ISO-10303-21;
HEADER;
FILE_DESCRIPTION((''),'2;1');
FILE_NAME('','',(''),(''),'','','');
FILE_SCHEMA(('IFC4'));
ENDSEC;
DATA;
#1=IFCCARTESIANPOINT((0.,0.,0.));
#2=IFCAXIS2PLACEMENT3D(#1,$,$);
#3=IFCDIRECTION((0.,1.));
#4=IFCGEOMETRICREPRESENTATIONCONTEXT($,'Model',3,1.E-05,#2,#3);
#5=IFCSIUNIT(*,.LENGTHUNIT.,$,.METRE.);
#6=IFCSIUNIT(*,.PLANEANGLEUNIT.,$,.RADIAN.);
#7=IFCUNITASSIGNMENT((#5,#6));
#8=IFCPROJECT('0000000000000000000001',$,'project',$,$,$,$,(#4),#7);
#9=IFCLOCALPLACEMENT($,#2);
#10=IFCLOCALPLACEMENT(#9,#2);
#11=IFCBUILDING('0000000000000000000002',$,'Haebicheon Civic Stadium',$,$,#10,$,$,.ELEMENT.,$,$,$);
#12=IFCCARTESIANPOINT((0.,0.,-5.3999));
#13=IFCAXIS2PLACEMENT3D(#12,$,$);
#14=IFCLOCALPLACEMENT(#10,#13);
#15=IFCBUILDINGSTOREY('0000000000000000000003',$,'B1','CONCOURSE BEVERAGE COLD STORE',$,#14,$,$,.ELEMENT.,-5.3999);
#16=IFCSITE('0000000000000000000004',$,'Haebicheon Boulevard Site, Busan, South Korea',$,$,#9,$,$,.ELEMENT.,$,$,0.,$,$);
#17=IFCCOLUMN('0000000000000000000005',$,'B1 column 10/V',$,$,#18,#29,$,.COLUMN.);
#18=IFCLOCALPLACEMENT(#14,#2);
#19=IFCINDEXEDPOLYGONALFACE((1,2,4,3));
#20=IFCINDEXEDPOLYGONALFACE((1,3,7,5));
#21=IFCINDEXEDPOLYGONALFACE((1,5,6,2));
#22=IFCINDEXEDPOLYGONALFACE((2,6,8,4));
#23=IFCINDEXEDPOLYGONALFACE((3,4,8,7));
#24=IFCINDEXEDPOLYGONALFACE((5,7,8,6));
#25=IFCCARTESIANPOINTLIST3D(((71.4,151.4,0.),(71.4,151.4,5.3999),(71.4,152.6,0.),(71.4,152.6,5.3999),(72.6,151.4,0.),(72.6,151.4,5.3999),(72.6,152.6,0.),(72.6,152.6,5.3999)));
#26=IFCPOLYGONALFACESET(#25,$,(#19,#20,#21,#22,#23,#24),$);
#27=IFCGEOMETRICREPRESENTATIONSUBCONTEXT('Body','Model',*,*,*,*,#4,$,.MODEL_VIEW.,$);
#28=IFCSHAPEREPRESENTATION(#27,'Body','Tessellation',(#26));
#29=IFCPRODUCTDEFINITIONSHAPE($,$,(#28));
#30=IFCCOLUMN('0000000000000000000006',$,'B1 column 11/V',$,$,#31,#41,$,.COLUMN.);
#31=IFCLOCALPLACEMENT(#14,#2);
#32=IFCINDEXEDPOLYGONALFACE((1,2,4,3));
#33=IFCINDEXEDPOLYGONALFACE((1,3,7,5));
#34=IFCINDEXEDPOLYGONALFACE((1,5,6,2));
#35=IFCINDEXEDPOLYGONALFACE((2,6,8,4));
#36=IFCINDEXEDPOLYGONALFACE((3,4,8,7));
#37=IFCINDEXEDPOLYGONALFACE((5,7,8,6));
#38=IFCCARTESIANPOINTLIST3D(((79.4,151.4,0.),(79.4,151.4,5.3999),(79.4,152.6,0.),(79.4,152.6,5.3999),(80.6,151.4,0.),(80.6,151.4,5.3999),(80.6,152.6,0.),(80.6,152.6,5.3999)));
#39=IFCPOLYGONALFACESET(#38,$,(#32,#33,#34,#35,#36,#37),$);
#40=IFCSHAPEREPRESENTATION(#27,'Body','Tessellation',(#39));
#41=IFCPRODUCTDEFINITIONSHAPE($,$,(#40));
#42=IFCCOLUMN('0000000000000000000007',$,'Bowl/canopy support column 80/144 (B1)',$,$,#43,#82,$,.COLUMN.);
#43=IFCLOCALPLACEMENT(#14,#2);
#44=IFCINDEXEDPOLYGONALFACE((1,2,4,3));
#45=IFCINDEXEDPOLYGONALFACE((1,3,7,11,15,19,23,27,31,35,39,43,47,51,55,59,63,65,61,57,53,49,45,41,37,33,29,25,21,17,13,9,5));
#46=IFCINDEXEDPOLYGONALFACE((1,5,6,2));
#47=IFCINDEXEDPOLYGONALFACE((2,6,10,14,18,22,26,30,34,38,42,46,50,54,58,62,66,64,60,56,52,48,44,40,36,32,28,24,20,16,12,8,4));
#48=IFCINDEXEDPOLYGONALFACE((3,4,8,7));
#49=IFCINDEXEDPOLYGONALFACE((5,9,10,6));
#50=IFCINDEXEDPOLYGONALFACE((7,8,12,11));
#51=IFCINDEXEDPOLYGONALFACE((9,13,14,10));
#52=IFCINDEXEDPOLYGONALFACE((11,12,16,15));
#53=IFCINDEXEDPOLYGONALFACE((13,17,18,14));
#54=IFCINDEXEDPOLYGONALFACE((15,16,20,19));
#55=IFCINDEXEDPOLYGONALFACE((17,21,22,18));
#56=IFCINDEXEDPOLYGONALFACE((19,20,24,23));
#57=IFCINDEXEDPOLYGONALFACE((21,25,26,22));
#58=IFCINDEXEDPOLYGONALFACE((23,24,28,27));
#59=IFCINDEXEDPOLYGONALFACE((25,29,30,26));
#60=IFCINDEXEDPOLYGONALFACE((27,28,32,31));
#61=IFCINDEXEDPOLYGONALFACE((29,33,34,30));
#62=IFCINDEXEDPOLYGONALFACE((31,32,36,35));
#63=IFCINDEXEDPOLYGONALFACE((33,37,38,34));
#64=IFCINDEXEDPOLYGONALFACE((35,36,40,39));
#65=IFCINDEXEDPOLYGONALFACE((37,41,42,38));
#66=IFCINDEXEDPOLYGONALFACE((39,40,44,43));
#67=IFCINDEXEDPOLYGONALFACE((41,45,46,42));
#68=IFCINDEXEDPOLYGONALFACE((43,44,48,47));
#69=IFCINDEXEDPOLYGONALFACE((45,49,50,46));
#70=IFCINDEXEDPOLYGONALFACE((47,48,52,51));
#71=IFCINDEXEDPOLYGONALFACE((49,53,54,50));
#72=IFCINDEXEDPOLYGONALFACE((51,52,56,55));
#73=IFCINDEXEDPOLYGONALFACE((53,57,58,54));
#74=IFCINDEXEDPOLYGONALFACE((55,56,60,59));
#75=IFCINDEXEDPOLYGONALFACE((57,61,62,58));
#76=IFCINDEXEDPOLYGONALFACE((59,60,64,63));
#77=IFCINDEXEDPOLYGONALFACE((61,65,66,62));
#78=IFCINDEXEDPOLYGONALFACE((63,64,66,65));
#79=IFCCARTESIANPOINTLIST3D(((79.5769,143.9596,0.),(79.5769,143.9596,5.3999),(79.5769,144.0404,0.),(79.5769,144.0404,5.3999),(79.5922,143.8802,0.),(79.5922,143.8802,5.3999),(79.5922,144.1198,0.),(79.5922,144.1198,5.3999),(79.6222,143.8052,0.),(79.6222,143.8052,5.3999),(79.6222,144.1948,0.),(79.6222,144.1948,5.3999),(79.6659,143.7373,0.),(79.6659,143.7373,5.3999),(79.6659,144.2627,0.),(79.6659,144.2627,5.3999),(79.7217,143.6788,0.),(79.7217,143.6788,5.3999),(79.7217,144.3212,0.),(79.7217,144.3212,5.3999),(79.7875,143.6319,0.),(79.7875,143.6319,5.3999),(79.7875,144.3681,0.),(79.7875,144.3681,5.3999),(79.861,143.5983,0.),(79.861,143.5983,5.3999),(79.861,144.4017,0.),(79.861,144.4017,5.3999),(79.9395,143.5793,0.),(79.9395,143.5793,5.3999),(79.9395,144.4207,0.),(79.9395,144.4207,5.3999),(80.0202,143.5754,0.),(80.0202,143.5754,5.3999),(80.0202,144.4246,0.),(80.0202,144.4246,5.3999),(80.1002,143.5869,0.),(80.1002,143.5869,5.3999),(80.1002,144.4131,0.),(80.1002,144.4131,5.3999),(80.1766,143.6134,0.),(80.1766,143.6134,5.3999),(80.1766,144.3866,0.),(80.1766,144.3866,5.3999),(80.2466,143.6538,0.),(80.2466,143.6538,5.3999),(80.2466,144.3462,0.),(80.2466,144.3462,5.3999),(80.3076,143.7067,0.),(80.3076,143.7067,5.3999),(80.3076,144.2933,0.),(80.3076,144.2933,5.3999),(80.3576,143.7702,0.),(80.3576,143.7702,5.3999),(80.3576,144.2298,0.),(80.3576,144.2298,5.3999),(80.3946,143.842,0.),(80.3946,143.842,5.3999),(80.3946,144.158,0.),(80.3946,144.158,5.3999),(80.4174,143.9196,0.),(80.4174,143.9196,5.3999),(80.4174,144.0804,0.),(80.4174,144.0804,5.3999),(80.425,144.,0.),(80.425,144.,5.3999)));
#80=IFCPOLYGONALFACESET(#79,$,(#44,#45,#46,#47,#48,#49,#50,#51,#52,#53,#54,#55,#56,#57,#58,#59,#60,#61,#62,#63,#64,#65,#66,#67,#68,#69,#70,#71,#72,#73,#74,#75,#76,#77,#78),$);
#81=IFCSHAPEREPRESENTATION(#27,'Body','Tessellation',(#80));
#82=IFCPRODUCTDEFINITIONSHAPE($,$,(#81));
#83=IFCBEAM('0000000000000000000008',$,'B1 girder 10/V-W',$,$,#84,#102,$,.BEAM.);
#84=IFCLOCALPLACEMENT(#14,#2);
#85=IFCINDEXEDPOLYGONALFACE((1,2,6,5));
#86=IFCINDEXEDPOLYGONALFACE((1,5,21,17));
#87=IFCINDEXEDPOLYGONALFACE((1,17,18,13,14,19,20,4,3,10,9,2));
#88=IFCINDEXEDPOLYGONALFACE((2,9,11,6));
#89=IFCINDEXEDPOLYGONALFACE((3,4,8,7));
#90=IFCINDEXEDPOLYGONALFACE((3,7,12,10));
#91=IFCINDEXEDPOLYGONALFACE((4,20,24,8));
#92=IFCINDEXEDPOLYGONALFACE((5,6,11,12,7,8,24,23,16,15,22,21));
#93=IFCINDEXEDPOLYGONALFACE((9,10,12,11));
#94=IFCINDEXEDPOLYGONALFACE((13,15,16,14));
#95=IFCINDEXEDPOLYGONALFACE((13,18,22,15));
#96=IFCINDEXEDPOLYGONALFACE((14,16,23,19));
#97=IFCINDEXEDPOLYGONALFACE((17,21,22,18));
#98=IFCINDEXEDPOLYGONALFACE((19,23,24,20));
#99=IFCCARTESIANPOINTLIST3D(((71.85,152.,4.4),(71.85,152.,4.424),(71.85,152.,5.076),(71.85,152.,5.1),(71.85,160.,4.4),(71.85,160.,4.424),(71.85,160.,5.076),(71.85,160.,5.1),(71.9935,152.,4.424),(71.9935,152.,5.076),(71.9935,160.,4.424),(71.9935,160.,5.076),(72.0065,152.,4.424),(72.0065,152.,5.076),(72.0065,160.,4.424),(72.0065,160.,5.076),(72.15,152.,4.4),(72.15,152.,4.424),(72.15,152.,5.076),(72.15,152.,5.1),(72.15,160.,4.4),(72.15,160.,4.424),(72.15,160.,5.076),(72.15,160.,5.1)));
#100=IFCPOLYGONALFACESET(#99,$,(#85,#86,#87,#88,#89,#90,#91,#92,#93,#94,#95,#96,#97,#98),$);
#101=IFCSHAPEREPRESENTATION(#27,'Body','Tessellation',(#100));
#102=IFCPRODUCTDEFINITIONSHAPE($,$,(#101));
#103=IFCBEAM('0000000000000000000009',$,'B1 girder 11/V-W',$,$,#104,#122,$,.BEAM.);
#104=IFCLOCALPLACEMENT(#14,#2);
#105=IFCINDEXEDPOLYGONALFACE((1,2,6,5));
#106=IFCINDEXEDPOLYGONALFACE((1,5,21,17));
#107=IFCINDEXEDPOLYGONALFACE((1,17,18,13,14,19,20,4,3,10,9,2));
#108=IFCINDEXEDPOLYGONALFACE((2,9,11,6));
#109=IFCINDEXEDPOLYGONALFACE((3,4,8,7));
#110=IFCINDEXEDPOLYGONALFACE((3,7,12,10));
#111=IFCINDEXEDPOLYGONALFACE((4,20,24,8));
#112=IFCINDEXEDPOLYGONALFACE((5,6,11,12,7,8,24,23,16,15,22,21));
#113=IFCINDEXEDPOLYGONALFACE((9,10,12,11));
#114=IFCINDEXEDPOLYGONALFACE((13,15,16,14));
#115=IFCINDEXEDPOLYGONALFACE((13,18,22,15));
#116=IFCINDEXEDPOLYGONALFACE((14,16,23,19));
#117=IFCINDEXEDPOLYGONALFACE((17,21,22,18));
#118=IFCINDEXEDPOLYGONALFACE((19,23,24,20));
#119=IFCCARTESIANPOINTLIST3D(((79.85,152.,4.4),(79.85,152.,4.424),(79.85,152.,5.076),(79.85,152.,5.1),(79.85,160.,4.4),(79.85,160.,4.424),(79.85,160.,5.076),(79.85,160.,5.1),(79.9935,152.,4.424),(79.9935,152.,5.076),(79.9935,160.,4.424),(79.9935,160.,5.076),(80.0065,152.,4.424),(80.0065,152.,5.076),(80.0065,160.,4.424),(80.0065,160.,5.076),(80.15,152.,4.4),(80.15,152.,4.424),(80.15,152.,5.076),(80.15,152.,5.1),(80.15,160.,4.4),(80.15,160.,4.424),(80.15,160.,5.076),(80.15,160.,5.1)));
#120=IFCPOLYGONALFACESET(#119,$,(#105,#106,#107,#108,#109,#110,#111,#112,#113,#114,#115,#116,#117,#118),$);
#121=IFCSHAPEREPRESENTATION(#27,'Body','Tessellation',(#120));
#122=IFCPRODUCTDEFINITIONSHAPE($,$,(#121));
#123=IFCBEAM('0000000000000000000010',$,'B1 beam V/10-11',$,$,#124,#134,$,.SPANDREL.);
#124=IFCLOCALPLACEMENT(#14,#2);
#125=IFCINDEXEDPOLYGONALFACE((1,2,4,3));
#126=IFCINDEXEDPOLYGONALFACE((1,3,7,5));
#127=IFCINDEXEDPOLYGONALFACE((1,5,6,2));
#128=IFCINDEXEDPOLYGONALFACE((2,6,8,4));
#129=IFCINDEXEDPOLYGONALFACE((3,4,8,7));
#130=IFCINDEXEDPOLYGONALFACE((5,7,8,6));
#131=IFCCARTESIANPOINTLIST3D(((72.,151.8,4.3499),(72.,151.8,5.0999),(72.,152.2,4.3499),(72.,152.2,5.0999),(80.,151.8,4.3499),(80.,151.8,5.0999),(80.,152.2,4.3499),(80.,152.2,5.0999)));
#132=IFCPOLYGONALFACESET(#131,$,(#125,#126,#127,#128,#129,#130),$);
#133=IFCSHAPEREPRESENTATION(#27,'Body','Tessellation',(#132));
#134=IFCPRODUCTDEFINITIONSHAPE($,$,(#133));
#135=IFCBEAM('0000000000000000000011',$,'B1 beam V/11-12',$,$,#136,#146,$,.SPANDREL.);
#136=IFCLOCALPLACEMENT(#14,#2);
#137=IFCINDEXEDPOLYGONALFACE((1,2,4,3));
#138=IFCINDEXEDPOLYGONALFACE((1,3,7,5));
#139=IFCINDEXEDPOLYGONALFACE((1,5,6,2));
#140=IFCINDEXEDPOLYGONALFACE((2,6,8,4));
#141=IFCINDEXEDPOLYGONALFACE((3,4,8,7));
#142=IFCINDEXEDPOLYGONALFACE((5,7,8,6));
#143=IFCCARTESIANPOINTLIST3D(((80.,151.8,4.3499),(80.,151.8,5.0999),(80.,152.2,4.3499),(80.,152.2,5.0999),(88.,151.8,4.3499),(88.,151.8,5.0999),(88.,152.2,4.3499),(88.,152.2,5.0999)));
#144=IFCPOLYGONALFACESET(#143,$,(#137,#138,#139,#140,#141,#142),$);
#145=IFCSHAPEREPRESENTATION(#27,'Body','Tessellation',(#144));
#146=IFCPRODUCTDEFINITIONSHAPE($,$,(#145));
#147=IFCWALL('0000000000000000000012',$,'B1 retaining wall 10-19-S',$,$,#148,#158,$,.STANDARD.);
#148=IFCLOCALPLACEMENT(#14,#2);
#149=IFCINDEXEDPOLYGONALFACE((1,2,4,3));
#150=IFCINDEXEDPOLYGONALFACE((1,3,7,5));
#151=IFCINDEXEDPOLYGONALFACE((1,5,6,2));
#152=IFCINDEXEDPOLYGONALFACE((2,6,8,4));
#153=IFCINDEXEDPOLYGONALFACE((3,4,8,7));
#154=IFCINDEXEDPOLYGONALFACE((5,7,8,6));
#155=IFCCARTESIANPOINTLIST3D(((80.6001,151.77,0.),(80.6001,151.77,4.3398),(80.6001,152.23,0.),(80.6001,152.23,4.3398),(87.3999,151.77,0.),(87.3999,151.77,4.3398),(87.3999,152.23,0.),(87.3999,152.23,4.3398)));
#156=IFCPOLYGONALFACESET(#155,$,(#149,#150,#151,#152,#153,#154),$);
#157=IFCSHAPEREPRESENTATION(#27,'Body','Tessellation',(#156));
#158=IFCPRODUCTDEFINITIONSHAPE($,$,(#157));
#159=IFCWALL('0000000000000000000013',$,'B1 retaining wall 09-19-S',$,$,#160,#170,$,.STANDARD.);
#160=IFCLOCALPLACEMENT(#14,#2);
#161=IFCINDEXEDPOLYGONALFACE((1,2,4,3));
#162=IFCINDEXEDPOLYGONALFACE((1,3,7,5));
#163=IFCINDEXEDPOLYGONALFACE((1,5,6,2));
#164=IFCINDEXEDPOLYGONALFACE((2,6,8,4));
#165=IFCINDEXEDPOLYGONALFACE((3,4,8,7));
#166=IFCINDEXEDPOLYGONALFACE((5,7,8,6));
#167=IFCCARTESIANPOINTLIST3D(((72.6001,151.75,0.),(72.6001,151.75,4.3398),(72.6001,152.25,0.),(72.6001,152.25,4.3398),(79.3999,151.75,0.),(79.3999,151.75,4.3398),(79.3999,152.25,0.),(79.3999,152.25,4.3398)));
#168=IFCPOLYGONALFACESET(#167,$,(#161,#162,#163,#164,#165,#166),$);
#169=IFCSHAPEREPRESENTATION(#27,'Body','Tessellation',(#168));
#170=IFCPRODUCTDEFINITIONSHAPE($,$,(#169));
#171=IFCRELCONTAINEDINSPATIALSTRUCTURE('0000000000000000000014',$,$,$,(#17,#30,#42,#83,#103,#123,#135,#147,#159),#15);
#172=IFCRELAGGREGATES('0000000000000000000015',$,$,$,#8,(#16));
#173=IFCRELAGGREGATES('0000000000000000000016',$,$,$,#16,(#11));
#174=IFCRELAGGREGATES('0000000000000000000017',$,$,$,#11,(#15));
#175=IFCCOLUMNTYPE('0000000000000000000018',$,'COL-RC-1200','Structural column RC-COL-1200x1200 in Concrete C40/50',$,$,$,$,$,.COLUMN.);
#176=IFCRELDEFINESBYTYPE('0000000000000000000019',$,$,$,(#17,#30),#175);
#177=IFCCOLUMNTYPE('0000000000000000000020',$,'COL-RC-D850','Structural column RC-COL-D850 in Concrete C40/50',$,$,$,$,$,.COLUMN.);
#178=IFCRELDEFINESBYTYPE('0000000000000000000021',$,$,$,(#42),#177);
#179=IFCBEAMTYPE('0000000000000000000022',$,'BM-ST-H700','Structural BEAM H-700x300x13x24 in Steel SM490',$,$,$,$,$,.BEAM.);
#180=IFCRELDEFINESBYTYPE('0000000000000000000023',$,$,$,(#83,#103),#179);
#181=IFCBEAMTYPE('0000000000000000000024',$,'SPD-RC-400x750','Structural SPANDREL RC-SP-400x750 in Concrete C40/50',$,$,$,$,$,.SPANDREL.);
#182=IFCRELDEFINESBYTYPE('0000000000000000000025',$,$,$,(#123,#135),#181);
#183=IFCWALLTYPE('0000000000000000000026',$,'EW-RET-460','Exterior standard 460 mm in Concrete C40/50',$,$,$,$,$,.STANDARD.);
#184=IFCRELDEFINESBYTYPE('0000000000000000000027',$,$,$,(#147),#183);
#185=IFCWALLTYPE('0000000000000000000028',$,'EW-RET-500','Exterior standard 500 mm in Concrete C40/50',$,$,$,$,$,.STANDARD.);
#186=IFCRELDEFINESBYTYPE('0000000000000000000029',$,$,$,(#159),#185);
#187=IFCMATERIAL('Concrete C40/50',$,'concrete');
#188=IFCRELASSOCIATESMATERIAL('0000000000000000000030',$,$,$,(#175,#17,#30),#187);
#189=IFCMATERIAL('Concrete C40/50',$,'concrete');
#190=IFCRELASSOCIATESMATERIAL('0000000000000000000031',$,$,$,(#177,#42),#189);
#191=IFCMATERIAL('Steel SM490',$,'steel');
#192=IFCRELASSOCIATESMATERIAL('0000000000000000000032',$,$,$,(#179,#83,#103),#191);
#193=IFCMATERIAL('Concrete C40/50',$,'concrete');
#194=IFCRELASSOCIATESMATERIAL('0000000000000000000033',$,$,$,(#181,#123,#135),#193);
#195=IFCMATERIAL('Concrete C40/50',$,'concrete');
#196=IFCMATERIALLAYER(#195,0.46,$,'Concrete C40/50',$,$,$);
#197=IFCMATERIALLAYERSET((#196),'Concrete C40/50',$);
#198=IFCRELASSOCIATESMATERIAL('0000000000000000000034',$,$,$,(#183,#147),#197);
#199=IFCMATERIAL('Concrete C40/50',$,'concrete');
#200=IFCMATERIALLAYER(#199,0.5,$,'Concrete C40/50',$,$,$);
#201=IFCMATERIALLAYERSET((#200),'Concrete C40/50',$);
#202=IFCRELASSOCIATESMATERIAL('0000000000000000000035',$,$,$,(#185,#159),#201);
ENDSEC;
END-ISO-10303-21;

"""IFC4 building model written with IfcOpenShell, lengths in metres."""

from ifc_helpers import new_model, si_unit, direction, frame, frame_2d, origin, origin_2d, place, context, subcontext, project, spatial, rectangle, circle, i_section, extrude, material, layer, layer_set, material_profile, profile_set, type_object, element, save


model = new_model("IFC4")

# Units and contexts
model_context = context("Model", 3, precision=1e-05, world=origin(), true_north=direction((0.0, 1.0)))
body_context = subcontext(model_context, "Body", "Model", "MODEL_VIEW")
ifc_project = project(units=[si_unit("LENGTHUNIT", "METRE"), si_unit("PLANEANGLEUNIT", "RADIAN")], contexts=[model_context])

# Site, building, storey
site_placement = place(None, origin())
site = spatial("IfcSite", under=ifc_project, at=site_placement, Name="Haebicheon Boulevard Site, Busan, South Korea", CompositionType="ELEMENT", RefElevation=0.0)
building_placement = place(site_placement, origin())
building = spatial("IfcBuilding", under=site, at=building_placement, Name="Haebicheon Civic Stadium", CompositionType="ELEMENT")
storey_placement = place(building_placement, frame((0.0, 0.0, -5.3999)))
storey = spatial("IfcBuildingStorey", under=building, at=storey_placement, Name="B1", Description="CONCOURSE BEVERAGE COLD STORE", CompositionType="ELEMENT", Elevation=-5.3999)

# Columns
ifc_material_1 = material(Name="Concrete C40/50", Category="concrete")
ifc_material_profile_1 = material_profile(ifc_material_1, rectangle(XDim=1.2, YDim=1.2, at=origin_2d()), Name="RC-COL-1200x1200")
ifc_profile_set_1 = profile_set([ifc_material_profile_1], Name="Concrete C40/50")
column_type_1 = type_object("IfcColumnType", Name="COL-RC-1200", Description="Structural column RC-COL-1200x1200 in Concrete C40/50", PredefinedType="COLUMN", material=ifc_profile_set_1)
for number, where, z_axis, x_axis, name in (
    (1, (72.0, 152.0, 0.0), (0.0, 0.0, 1.0), (1.0, 0.0, 0.0), "B1 column 10/V"),
    (2, (80.0, 152.0, 0.0), (0.0, 0.0, 1.0), (1.0, 0.0, 0.0), "B1 column 11/V"),
):
    element("IfcColumn", number, at=place(storey_placement, frame(where, z_axis=z_axis, x_axis=x_axis)), inside=storey, type_object=column_type_1, material=ifc_profile_set_1, Name=name, PredefinedType="COLUMN", context=body_context, shape_type="SweptSolid", body=[
        extrude(rectangle(XDim=1.2, YDim=1.2, at=origin_2d()), origin(), (0.0, 0.0, 1.0), 5.3999),
    ])
ifc_material_2 = material(Name="Concrete C40/50", Category="concrete")
ifc_material_profile_2 = material_profile(ifc_material_2, circle(Radius=0.425, at=origin_2d()), Name="RC-COL-D850")
ifc_profile_set_2 = profile_set([ifc_material_profile_2], Name="Concrete C40/50")
column_type_2 = type_object("IfcColumnType", Name="COL-RC-D850", Description="Structural column RC-COL-D850 in Concrete C40/50", PredefinedType="COLUMN", material=ifc_profile_set_2)
column_placement = place(storey_placement, frame((80.0, 144.0, 0.0), z_axis=(0.0, 0.0, 1.0), x_axis=(1.0, 0.0, 0.0)))
element("IfcColumn", 3, at=column_placement, inside=storey, type_object=column_type_2, material=ifc_profile_set_2, Name="Bowl/canopy support column 80/144 (B1)", PredefinedType="COLUMN", context=body_context, shape_type="SweptSolid", body=[
    extrude(circle(Radius=0.425, at=origin_2d()), origin(), (0.0, 0.0, 1.0), 5.3999),
])

# Beams
ifc_material_3 = material(Name="Steel SM490", Category="steel")
ifc_material_profile_3 = material_profile(ifc_material_3, i_section(OverallWidth=0.3, OverallDepth=0.7, WebThickness=0.0129, FlangeThickness=0.0239, at=origin_2d()), Name="H-700x300x13x24")
ifc_profile_set_3 = profile_set([ifc_material_profile_3], Name="Steel SM490")
beam_type_1 = type_object("IfcBeamType", Name="BM-ST-H700", Description="Structural BEAM H-700x300x13x24 in Steel SM490", PredefinedType="BEAM", material=ifc_profile_set_3)
for number, where, z_axis, x_axis, name in (
    (4, (72.0, 152.0, 4.75), (0.0, 1.0, 0.0), (-1.0, 0.0, 0.0), "B1 girder 10/V-W"),
    (5, (80.0, 152.0, 4.75), (0.0, 1.0, 0.0), (-1.0, 0.0, 0.0), "B1 girder 11/V-W"),
):
    element("IfcBeam", number, at=place(storey_placement, frame(where, z_axis=z_axis, x_axis=x_axis)), inside=storey, type_object=beam_type_1, material=ifc_profile_set_3, Name=name, PredefinedType="BEAM", context=body_context, shape_type="SweptSolid", body=[
        extrude(i_section(OverallWidth=0.3, OverallDepth=0.7, WebThickness=0.0129, FlangeThickness=0.0239, at=origin_2d()), origin(), (0.0, 0.0, 1.0), 8.0),
    ])
ifc_material_4 = material(Name="Concrete C40/50", Category="concrete")
ifc_material_profile_4 = material_profile(ifc_material_4, rectangle(XDim=0.3999, YDim=0.75, at=origin_2d()), Name="RC-SP-400x750")
ifc_profile_set_4 = profile_set([ifc_material_profile_4], Name="Concrete C40/50")
beam_type_2 = type_object("IfcBeamType", Name="SPD-RC-400x750", Description="Structural SPANDREL RC-SP-400x750 in Concrete C40/50", PredefinedType="SPANDREL", material=ifc_profile_set_4)
for number, where, z_axis, x_axis, name in (
    (6, (72.0, 152.0, 4.7249), (1.0, 0.0, 0.0), (0.0, 1.0, 0.0), "B1 beam V/10-11"),
    (7, (80.0, 152.0, 4.7249), (1.0, 0.0, 0.0), (0.0, 1.0, 0.0), "B1 beam V/11-12"),
):
    element("IfcBeam", number, at=place(storey_placement, frame(where, z_axis=z_axis, x_axis=x_axis)), inside=storey, type_object=beam_type_2, material=ifc_profile_set_4, Name=name, PredefinedType="SPANDREL", context=body_context, shape_type="SweptSolid", body=[
        extrude(rectangle(XDim=0.3999, YDim=0.75, at=origin_2d()), origin(), (0.0, 0.0, 1.0), 8.0),
    ])

# Walls
ifc_material_5 = material(Name="Concrete C40/50", Category="concrete")
ifc_layer_1 = layer(ifc_material_5, 0.46, Name="Concrete C40/50")
ifc_layer_set_1 = layer_set([ifc_layer_1], Name="Concrete C40/50")
wall_type_1 = type_object("IfcWallType", Name="EW-RET-460", Description="Exterior standard 460 mm in Concrete C40/50", PredefinedType="STANDARD", material=ifc_layer_set_1)
wall_1_placement = place(storey_placement, frame((80.6001, 152.0, 0.0), z_axis=(0.0, 0.0, 1.0), x_axis=(1.0, 0.0, 0.0)))
element("IfcWall", 8, at=wall_1_placement, inside=storey, type_object=wall_type_1, material=ifc_layer_set_1, Name="B1 retaining wall 10-19-S", PredefinedType="STANDARD", context=body_context, shape_type="SweptSolid", body=[
    extrude(rectangle(XDim=6.7998, YDim=0.46, at=frame_2d((3.3999, 0.0))), origin(), (0.0, 0.0, 1.0), 4.3398),
])
ifc_material_6 = material(Name="Concrete C40/50", Category="concrete")
ifc_layer_2 = layer(ifc_material_6, 0.5, Name="Concrete C40/50")
ifc_layer_set_2 = layer_set([ifc_layer_2], Name="Concrete C40/50")
wall_type_2 = type_object("IfcWallType", Name="EW-RET-500", Description="Exterior standard 500 mm in Concrete C40/50", PredefinedType="STANDARD", material=ifc_layer_set_2)
wall_2_placement = place(storey_placement, frame((72.6001, 152.0, 0.0), z_axis=(0.0, 0.0, 1.0), x_axis=(1.0, 0.0, 0.0)))
element("IfcWall", 9, at=wall_2_placement, inside=storey, type_object=wall_type_2, material=ifc_layer_set_2, Name="B1 retaining wall 09-19-S", PredefinedType="STANDARD", context=body_context, shape_type="SweptSolid", body=[
    extrude(rectangle(XDim=6.7998, YDim=0.5, at=frame_2d((3.3999, 0.0))), origin(), (0.0, 0.0, 1.0), 4.3398),
])

save(model, "model.ifc")
